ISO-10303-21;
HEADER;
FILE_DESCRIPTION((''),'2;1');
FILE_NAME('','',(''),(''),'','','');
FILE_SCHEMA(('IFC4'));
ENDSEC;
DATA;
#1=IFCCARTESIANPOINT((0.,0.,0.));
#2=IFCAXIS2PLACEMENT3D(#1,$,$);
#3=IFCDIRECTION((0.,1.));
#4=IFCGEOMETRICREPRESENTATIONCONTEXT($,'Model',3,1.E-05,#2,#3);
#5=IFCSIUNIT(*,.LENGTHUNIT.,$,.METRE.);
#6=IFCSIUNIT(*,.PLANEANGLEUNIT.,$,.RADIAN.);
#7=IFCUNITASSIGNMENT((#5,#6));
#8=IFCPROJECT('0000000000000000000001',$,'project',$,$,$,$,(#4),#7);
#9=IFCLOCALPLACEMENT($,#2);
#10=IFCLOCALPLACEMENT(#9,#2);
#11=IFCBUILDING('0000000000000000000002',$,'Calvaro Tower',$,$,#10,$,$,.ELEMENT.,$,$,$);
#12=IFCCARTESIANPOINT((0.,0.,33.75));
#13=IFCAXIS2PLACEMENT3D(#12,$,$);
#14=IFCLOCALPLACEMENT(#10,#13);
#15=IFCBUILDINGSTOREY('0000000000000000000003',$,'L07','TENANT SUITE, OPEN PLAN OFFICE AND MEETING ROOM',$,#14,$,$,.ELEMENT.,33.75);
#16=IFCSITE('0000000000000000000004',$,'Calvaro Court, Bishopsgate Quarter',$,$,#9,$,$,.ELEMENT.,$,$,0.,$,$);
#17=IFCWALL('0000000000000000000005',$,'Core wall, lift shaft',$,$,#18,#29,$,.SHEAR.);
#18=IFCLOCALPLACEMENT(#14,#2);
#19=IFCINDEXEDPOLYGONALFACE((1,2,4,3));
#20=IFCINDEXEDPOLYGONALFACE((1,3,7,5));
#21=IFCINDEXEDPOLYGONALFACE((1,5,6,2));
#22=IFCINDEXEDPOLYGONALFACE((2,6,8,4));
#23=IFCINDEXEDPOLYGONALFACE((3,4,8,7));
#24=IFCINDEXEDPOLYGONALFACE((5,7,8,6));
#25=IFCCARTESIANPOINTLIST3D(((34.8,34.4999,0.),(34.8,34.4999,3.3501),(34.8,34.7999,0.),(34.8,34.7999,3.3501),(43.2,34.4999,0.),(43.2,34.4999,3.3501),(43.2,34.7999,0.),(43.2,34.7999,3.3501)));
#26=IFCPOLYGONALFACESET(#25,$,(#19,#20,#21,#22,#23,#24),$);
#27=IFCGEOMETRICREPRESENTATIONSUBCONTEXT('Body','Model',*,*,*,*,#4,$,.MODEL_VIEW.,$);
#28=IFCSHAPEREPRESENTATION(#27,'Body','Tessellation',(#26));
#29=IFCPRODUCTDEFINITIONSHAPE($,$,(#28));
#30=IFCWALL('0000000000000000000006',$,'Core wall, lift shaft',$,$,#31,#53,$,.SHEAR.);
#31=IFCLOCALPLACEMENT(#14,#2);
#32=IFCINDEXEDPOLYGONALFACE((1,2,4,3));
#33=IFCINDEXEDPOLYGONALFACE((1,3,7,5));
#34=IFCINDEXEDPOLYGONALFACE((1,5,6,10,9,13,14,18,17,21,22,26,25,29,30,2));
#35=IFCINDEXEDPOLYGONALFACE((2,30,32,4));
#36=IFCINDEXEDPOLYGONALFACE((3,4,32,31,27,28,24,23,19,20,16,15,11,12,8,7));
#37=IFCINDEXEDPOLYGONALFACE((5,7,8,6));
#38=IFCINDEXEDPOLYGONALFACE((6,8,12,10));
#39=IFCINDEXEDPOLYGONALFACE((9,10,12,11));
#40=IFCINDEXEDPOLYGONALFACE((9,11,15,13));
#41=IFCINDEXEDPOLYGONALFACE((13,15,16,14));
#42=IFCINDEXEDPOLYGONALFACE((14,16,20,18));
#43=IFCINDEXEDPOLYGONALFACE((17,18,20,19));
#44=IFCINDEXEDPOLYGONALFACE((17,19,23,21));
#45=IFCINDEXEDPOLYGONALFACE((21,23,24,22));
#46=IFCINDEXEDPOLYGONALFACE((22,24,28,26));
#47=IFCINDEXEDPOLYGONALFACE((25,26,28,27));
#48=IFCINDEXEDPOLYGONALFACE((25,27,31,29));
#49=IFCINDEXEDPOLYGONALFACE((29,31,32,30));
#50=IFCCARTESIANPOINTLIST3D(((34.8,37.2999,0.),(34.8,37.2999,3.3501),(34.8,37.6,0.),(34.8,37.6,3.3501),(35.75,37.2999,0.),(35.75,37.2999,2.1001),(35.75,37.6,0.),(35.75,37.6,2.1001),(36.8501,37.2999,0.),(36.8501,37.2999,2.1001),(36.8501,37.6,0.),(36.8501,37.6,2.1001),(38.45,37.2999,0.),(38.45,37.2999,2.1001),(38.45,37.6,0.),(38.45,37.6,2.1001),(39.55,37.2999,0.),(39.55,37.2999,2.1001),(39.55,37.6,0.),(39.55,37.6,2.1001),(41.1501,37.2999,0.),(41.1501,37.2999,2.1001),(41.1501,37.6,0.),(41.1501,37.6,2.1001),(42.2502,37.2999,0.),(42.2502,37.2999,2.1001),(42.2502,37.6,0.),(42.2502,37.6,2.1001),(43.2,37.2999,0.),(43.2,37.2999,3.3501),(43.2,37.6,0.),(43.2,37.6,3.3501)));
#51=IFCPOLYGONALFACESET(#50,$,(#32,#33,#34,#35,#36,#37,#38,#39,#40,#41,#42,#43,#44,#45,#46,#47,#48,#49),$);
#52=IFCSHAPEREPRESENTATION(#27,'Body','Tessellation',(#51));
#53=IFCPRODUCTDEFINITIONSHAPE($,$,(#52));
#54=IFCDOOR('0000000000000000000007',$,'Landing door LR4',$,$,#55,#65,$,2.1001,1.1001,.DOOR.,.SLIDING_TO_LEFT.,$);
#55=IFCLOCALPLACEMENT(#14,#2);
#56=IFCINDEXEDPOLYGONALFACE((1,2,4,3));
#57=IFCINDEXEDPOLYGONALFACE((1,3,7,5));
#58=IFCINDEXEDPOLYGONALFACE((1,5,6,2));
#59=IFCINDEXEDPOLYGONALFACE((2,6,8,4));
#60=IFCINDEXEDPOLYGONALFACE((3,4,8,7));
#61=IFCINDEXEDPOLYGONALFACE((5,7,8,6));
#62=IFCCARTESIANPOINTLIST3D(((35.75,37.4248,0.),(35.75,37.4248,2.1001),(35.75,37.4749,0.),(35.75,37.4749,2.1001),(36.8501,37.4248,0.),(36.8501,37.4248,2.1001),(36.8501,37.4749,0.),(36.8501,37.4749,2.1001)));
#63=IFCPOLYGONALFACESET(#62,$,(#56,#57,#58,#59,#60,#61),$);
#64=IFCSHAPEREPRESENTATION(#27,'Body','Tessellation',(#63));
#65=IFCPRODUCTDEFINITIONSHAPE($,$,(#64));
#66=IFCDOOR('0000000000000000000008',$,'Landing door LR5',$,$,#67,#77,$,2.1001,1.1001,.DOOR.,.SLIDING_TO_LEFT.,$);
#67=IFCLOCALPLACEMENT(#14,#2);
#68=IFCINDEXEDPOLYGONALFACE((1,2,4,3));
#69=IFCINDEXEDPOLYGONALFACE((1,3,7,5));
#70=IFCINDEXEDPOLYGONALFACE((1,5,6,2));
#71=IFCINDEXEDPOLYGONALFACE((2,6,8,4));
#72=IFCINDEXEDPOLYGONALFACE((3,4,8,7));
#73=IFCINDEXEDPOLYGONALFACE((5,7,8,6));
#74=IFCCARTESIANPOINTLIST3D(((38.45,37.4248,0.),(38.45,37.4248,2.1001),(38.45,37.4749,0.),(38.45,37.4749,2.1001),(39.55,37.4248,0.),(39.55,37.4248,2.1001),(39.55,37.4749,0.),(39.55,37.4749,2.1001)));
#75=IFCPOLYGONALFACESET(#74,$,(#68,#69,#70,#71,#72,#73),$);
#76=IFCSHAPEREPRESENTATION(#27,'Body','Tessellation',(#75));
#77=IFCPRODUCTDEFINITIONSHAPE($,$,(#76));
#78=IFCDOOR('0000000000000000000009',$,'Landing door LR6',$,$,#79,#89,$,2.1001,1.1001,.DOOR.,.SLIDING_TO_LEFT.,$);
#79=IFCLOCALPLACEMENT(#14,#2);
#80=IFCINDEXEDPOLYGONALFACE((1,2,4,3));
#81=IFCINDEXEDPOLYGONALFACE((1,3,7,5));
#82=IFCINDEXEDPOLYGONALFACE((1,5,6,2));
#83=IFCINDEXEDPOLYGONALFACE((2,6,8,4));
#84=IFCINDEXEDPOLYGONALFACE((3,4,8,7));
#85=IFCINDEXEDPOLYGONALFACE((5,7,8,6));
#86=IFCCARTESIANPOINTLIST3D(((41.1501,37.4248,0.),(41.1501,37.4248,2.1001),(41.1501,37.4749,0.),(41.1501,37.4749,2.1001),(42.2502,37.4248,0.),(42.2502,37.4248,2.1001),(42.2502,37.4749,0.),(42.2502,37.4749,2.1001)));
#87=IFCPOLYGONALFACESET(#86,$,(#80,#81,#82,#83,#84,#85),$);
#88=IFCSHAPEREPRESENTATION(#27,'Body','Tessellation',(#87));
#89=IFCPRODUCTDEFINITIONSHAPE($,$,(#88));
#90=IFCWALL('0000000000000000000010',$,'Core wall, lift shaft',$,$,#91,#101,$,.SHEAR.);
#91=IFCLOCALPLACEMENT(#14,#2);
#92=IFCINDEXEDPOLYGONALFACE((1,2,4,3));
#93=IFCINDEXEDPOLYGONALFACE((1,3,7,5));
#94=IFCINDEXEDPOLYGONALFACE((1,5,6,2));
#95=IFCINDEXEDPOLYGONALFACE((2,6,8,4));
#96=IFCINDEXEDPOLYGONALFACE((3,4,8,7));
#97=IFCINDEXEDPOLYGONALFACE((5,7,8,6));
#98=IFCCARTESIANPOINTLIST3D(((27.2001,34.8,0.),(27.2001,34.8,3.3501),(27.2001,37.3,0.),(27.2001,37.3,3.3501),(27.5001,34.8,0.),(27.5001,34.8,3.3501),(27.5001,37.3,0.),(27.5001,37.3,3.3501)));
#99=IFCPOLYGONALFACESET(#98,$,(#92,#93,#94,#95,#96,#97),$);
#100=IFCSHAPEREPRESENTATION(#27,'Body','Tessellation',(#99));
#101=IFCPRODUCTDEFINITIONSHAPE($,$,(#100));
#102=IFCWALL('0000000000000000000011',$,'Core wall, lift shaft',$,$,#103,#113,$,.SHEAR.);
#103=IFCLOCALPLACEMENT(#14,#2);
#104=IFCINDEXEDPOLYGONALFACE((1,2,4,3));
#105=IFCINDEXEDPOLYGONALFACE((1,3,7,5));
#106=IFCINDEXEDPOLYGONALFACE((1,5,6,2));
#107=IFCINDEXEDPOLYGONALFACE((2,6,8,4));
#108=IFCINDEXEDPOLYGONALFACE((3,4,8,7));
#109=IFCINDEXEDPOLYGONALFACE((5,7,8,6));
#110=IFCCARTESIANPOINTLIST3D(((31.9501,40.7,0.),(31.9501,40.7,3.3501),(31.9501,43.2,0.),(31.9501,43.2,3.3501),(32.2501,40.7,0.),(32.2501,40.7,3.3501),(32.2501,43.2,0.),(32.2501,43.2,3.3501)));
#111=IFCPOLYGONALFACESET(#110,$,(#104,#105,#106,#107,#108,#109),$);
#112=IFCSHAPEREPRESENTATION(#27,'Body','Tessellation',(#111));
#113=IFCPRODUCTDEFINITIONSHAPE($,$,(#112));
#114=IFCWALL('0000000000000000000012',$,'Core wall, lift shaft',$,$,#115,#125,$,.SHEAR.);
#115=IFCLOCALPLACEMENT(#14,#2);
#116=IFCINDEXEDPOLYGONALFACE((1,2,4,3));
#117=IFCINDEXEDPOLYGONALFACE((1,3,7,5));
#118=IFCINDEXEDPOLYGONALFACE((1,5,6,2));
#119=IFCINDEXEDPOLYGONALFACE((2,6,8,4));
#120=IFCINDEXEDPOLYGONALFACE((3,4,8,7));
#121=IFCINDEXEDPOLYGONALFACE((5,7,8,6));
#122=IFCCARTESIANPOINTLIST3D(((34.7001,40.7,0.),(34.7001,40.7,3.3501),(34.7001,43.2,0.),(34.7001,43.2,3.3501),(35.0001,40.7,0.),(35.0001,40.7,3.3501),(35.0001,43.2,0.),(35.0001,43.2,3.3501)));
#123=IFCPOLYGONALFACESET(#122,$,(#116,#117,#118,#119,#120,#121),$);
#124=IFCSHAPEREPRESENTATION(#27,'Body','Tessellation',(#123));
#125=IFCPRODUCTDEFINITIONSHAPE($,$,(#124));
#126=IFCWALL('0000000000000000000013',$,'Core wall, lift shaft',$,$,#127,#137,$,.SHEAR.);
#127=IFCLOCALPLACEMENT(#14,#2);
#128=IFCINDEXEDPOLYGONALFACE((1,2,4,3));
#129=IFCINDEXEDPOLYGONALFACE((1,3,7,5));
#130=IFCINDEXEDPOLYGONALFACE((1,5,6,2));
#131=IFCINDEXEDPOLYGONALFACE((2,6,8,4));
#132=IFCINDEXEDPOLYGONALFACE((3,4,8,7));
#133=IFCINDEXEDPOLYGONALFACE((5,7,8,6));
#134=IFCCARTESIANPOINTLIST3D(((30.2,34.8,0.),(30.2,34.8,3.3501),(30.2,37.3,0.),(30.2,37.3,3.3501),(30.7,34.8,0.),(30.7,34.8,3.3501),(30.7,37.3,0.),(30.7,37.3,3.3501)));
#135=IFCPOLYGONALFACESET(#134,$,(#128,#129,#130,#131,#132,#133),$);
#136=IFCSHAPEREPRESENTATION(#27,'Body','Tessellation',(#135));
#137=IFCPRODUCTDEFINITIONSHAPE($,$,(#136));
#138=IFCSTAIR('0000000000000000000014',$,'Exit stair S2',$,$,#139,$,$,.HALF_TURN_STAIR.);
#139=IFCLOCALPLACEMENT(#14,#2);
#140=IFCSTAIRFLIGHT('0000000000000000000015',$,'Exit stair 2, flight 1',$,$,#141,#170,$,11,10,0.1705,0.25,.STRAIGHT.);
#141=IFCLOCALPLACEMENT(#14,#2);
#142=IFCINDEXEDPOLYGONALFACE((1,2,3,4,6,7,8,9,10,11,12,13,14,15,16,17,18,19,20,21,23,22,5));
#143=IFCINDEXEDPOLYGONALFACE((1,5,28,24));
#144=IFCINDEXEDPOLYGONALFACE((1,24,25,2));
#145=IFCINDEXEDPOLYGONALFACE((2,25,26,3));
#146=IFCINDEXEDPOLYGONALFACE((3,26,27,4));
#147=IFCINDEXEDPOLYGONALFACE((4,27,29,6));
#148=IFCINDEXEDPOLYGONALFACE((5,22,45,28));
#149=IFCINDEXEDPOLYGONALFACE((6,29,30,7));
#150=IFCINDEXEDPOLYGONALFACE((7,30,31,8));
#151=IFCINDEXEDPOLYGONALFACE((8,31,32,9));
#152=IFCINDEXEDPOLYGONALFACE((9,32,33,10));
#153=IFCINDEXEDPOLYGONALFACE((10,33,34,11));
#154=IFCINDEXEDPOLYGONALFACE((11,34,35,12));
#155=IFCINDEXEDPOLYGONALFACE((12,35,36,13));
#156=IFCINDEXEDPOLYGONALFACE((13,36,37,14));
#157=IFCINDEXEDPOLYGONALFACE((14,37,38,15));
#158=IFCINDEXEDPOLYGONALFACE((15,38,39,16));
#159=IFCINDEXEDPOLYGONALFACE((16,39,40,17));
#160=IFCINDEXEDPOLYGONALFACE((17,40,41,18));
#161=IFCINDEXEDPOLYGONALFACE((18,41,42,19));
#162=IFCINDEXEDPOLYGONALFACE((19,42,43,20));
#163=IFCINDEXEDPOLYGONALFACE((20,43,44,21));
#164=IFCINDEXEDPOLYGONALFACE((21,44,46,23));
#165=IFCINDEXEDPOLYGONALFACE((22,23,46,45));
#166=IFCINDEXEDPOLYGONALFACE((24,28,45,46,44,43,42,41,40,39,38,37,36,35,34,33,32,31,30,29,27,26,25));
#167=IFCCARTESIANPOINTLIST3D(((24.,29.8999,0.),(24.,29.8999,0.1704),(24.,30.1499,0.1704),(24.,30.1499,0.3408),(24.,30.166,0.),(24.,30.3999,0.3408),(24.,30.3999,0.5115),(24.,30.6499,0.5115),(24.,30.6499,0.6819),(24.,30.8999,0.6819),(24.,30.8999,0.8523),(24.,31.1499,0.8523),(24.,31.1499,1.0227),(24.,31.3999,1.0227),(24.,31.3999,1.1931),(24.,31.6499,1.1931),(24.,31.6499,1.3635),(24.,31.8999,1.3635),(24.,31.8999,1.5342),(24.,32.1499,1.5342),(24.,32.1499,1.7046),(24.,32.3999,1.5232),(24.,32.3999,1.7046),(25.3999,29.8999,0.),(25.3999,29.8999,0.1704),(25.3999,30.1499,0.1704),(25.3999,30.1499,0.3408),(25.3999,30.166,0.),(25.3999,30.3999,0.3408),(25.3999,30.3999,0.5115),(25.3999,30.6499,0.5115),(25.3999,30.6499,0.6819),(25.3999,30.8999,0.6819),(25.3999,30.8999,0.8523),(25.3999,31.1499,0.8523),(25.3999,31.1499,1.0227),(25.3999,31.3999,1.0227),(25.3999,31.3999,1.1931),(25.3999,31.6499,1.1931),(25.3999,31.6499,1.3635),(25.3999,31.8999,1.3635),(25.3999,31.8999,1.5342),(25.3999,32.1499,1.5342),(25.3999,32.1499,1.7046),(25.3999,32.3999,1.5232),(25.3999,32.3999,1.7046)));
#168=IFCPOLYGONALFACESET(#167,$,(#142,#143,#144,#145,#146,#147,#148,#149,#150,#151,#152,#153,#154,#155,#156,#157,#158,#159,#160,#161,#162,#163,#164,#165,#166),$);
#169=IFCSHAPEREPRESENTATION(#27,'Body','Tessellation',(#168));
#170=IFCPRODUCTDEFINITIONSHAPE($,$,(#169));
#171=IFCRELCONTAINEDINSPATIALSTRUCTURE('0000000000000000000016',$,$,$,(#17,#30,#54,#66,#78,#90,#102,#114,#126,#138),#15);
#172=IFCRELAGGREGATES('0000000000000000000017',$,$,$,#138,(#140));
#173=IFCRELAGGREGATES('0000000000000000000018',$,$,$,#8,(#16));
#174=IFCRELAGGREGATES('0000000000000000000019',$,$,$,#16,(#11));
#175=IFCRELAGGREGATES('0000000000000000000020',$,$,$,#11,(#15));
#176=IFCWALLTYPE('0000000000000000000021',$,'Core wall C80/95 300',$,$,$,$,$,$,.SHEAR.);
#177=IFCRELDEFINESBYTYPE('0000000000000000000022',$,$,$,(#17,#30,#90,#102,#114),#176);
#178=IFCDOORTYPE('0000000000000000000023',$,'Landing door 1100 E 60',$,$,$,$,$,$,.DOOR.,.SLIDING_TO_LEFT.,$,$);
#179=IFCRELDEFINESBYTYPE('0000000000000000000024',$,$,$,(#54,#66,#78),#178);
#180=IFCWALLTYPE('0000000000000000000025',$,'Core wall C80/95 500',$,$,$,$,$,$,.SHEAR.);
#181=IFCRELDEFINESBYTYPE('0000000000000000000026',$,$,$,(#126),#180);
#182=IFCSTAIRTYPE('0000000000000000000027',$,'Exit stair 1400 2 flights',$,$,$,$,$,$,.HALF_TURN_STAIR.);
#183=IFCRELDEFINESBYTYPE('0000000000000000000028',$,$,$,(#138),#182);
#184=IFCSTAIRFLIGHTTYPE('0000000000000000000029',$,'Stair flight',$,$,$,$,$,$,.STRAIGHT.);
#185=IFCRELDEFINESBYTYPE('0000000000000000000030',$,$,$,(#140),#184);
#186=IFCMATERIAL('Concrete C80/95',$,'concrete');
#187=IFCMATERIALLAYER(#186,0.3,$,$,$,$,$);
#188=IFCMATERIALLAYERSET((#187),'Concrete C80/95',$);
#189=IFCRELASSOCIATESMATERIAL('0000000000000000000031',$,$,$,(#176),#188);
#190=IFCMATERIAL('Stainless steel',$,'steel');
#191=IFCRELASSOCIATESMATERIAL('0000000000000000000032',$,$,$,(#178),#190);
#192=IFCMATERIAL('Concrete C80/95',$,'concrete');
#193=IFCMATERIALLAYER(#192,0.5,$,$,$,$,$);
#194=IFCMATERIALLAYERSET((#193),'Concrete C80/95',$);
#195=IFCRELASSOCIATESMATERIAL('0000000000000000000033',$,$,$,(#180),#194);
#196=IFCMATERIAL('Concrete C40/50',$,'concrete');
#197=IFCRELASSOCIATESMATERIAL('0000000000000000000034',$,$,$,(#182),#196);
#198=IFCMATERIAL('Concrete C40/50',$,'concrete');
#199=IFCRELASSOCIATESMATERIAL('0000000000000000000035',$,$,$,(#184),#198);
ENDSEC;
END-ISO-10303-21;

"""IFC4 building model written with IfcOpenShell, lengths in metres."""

from ifc_helpers import new_model, si_unit, direction, frame, frame_2d, origin, place, context, subcontext, project, spatial, polyline, rectangle, outline, extrude, material, layer, layer_set, type_object, element, fill, aggregate, save


model = new_model("IFC4")

# Units and contexts
model_context = context("Model", 3, precision=1e-05, world=origin(), true_north=direction((0.0, 1.0)))
body_context = subcontext(model_context, "Body", "Model", "MODEL_VIEW")
ifc_project = project(units=[si_unit("LENGTHUNIT", "METRE"), si_unit("PLANEANGLEUNIT", "RADIAN")], contexts=[model_context])

# Site, building, storey
site_placement = place(None, origin())
site = spatial("IfcSite", under=ifc_project, at=site_placement, Name="Calvaro Court, Bishopsgate Quarter", CompositionType="ELEMENT", RefElevation=0.0)
building_placement = place(site_placement, origin())
building = spatial("IfcBuilding", under=site, at=building_placement, Name="Calvaro Tower", CompositionType="ELEMENT")
storey_placement = place(building_placement, frame((0.0, 0.0, 33.75)))
storey = spatial("IfcBuildingStorey", under=building, at=storey_placement, Name="L07", Description="TENANT SUITE, OPEN PLAN OFFICE AND MEETING ROOM", CompositionType="ELEMENT", Elevation=33.75)

# Wall
ifc_material_1 = material(Name="Concrete C80/95", Category="concrete")
ifc_layer_1 = layer(ifc_material_1, 0.3)
ifc_layer_set_1 = layer_set([ifc_layer_1], Name="Concrete C80/95")
wall_type_1 = type_object("IfcWallType", Name="Core wall C80/95 300", PredefinedType="SHEAR", material=ifc_layer_set_1)
wall_1_placement = place(storey_placement, frame((34.8, 34.6499, 0.0), z_axis=(0.0, 0.0, 1.0), x_axis=(1.0, 0.0, 0.0)))
element("IfcWall", 1, at=wall_1_placement, inside=storey, type_object=wall_type_1, Name="Core wall, lift shaft", PredefinedType="SHEAR", context=body_context, shape_type="SweptSolid", body=[
    extrude(rectangle(XDim=8.3999, YDim=0.3, at=frame_2d((4.2, 0.0))), origin(), (0.0, 0.0, 1.0), 3.3501),
])

# Wall, openings, doors
wall_2_placement = place(storey_placement, frame((34.8, 37.45, 0.0), z_axis=(0.0, 0.0, 1.0), x_axis=(1.0, 0.0, 0.0)))
wall_2 = element("IfcWall", 2, at=wall_2_placement, inside=storey, type_object=wall_type_1, Name="Core wall, lift shaft", PredefinedType="SHEAR", context=body_context, shape_type="SweptSolid", body=[
    extrude(rectangle(XDim=8.3999, YDim=0.3, at=frame_2d((4.2, 0.0))), origin(), (0.0, 0.0, 1.0), 3.3501),
])
opening_1_placement = place(wall_2_placement, frame((0.95, 0.0, 0.0)))
opening_1 = element("IfcOpeningElement", 3, at=opening_1_placement, cuts=wall_2, PredefinedType="OPENING", context=body_context, shape_type="SweptSolid", body=[
    extrude(rectangle(XDim=1.1001, YDim=2.1001, at=frame_2d((0.55, 1.05))), frame((0.0, 0.1599, 0.0), z_axis=(0.0, -1.0, 0.0), x_axis=(1.0, 0.0, 0.0)), (0.0, 0.0, 1.0), 0.3201),
])
opening_2_placement = place(wall_2_placement, frame((3.6499, 0.0, 0.0)))
opening_2 = element("IfcOpeningElement", 4, at=opening_2_placement, cuts=wall_2, PredefinedType="OPENING", context=body_context, shape_type="SweptSolid", body=[
    extrude(rectangle(XDim=1.1001, YDim=2.1001, at=frame_2d((0.55, 1.05))), frame((0.0, 0.1599, 0.0), z_axis=(0.0, -1.0, 0.0), x_axis=(1.0, 0.0, 0.0)), (0.0, 0.0, 1.0), 0.3201),
])
opening_3_placement = place(wall_2_placement, frame((6.3501, 0.0, 0.0)))
opening_3 = element("IfcOpeningElement", 5, at=opening_3_placement, cuts=wall_2, PredefinedType="OPENING", context=body_context, shape_type="SweptSolid", body=[
    extrude(rectangle(XDim=1.1001, YDim=2.1001, at=frame_2d((0.55, 1.05))), frame((0.0, 0.1599, 0.0), z_axis=(0.0, -1.0, 0.0), x_axis=(1.0, 0.0, 0.0)), (0.0, 0.0, 1.0), 0.3201),
])
ifc_material_2 = material(Name="Stainless steel", Category="steel")
door_type = type_object("IfcDoorType", Name="Landing door 1100 E 60", OperationType="SLIDING_TO_LEFT", PredefinedType="DOOR", material=ifc_material_2)
door_1_placement = place(opening_1_placement, origin())
door_1 = element("IfcDoor", 6, at=door_1_placement, inside=storey, type_object=door_type, Name="Landing door LR4", OperationType="SLIDING_TO_LEFT", OverallHeight=2.1001, OverallWidth=1.1001, PredefinedType="DOOR", context=body_context, shape_type="SweptSolid", body=[
    extrude(rectangle(XDim=1.1001, YDim=2.1001, at=frame_2d((0.55, 1.05))), frame((0.0, 0.0249, 0.0), z_axis=(0.0, -1.0, 0.0), x_axis=(1.0, 0.0, 0.0)), (0.0, 0.0, 1.0), 0.05),
])
fill(opening_1, door_1)
door_2_placement = place(opening_2_placement, origin())
door_2 = element("IfcDoor", 7, at=door_2_placement, inside=storey, type_object=door_type, Name="Landing door LR5", OperationType="SLIDING_TO_LEFT", OverallHeight=2.1001, OverallWidth=1.1001, PredefinedType="DOOR", context=body_context, shape_type="SweptSolid", body=[
    extrude(rectangle(XDim=1.1001, YDim=2.1001, at=frame_2d((0.55, 1.05))), frame((0.0, 0.0249, 0.0), z_axis=(0.0, -1.0, 0.0), x_axis=(1.0, 0.0, 0.0)), (0.0, 0.0, 1.0), 0.05),
])
fill(opening_2, door_2)
door_3_placement = place(opening_3_placement, origin())
door_3 = element("IfcDoor", 8, at=door_3_placement, inside=storey, type_object=door_type, Name="Landing door LR6", OperationType="SLIDING_TO_LEFT", OverallHeight=2.1001, OverallWidth=1.1001, PredefinedType="DOOR", context=body_context, shape_type="SweptSolid", body=[
    extrude(rectangle(XDim=1.1001, YDim=2.1001, at=frame_2d((0.55, 1.05))), frame((0.0, 0.0249, 0.0), z_axis=(0.0, -1.0, 0.0), x_axis=(1.0, 0.0, 0.0)), (0.0, 0.0, 1.0), 0.05),
])
fill(opening_3, door_3)

# Walls
for number, where, z_axis, x_axis, name in (
    (9, (27.3501, 34.8, 0.0), (0.0, 0.0, 1.0), (0.0, 1.0, 0.0), "Core wall, lift shaft"),
    (10, (32.1001, 40.7, 0.0), (0.0, 0.0, 1.0), (0.0, 1.0, 0.0), "Core wall, lift shaft"),
    (11, (34.8501, 40.7, 0.0), (0.0, 0.0, 1.0), (0.0, 1.0, 0.0), "Core wall, lift shaft"),
):
    element("IfcWall", number, at=place(storey_placement, frame(where, z_axis=z_axis, x_axis=x_axis)), inside=storey, type_object=wall_type_1, Name=name, PredefinedType="SHEAR", context=body_context, shape_type="SweptSolid", body=[
        extrude(rectangle(XDim=2.5, YDim=0.3, at=frame_2d((1.25, 0.0))), origin(), (0.0, 0.0, 1.0), 3.3501),
    ])
ifc_material_3 = material(Name="Concrete C80/95", Category="concrete")
ifc_layer_2 = layer(ifc_material_3, 0.5)
ifc_layer_set_2 = layer_set([ifc_layer_2], Name="Concrete C80/95")
wall_type_2 = type_object("IfcWallType", Name="Core wall C80/95 500", PredefinedType="SHEAR", material=ifc_layer_set_2)
wall_3_placement = place(storey_placement, frame((30.45, 34.8, 0.0), z_axis=(0.0, 0.0, 1.0), x_axis=(0.0, 1.0, 0.0)))
element("IfcWall", 12, at=wall_3_placement, inside=storey, type_object=wall_type_2, Name="Core wall, lift shaft", PredefinedType="SHEAR", context=body_context, shape_type="SweptSolid", body=[
    extrude(rectangle(XDim=2.5, YDim=0.5, at=frame_2d((1.25, 0.0))), origin(), (0.0, 0.0, 1.0), 3.3501),
])

# Stair, stair flight
ifc_material_4 = material(Name="Concrete C40/50", Category="concrete")
stair_type = type_object("IfcStairType", Name="Exit stair 1400 2 flights", PredefinedType="HALF_TURN_STAIR", material=ifc_material_4)
stair_placement = place(storey_placement, origin())
stair = element("IfcStair", 13, at=stair_placement, inside=storey, type_object=stair_type, Name="Exit stair S2", PredefinedType="HALF_TURN_STAIR")
ifc_material_5 = material(Name="Concrete C40/50", Category="concrete")
stair_flight_type = type_object("IfcStairFlightType", Name="Stair flight", PredefinedType="STRAIGHT", material=ifc_material_5)
stair_flight_1_placement = place(storey_placement, frame((24.7, 29.8999, 0.0), z_axis=(0.0, 0.0, 1.0), x_axis=(0.0, 1.0, 0.0)))
stair_flight_1 = element("IfcStairFlight", 14, at=stair_flight_1_placement, type_object=stair_flight_type, Name="Exit stair 2, flight 1", NumberOfRisers=11, NumberOfTreads=10, PredefinedType="STRAIGHT", RiserHeight=0.1705, TreadLength=0.25, context=body_context, shape_type="SweptSolid", body=[
    extrude(outline(polyline([(0.0, 0.0), (0.0, 0.1704), (0.25, 0.1704), (0.25, 0.3408), (0.5, 0.3408), (0.5, 0.5115), (0.75, 0.5115), (0.75, 0.6819), (1.0, 0.6819), (1.0, 0.8523), (1.25, 0.8523), (1.25, 1.0227), (1.5, 1.0227), (1.5, 1.1931), (1.75, 1.1931), (1.75, 1.3635), (2.0, 1.3635), (2.0, 1.5342), (2.25, 1.5342), (2.25, 1.7046), (2.5, 1.7046), (2.5, 1.875), (2.5, 1.5232), (0.2661, 0.0), (0.0, 0.0)])), frame((0.0, 0.7, 0.0), z_axis=(0.0, -1.0, 0.0), x_axis=(1.0, 0.0, 0.0)), (0.0, 0.0, 1.0), 1.3999),
])
aggregate(stair, [stair_flight_1])

save(model, "model.ifc")
